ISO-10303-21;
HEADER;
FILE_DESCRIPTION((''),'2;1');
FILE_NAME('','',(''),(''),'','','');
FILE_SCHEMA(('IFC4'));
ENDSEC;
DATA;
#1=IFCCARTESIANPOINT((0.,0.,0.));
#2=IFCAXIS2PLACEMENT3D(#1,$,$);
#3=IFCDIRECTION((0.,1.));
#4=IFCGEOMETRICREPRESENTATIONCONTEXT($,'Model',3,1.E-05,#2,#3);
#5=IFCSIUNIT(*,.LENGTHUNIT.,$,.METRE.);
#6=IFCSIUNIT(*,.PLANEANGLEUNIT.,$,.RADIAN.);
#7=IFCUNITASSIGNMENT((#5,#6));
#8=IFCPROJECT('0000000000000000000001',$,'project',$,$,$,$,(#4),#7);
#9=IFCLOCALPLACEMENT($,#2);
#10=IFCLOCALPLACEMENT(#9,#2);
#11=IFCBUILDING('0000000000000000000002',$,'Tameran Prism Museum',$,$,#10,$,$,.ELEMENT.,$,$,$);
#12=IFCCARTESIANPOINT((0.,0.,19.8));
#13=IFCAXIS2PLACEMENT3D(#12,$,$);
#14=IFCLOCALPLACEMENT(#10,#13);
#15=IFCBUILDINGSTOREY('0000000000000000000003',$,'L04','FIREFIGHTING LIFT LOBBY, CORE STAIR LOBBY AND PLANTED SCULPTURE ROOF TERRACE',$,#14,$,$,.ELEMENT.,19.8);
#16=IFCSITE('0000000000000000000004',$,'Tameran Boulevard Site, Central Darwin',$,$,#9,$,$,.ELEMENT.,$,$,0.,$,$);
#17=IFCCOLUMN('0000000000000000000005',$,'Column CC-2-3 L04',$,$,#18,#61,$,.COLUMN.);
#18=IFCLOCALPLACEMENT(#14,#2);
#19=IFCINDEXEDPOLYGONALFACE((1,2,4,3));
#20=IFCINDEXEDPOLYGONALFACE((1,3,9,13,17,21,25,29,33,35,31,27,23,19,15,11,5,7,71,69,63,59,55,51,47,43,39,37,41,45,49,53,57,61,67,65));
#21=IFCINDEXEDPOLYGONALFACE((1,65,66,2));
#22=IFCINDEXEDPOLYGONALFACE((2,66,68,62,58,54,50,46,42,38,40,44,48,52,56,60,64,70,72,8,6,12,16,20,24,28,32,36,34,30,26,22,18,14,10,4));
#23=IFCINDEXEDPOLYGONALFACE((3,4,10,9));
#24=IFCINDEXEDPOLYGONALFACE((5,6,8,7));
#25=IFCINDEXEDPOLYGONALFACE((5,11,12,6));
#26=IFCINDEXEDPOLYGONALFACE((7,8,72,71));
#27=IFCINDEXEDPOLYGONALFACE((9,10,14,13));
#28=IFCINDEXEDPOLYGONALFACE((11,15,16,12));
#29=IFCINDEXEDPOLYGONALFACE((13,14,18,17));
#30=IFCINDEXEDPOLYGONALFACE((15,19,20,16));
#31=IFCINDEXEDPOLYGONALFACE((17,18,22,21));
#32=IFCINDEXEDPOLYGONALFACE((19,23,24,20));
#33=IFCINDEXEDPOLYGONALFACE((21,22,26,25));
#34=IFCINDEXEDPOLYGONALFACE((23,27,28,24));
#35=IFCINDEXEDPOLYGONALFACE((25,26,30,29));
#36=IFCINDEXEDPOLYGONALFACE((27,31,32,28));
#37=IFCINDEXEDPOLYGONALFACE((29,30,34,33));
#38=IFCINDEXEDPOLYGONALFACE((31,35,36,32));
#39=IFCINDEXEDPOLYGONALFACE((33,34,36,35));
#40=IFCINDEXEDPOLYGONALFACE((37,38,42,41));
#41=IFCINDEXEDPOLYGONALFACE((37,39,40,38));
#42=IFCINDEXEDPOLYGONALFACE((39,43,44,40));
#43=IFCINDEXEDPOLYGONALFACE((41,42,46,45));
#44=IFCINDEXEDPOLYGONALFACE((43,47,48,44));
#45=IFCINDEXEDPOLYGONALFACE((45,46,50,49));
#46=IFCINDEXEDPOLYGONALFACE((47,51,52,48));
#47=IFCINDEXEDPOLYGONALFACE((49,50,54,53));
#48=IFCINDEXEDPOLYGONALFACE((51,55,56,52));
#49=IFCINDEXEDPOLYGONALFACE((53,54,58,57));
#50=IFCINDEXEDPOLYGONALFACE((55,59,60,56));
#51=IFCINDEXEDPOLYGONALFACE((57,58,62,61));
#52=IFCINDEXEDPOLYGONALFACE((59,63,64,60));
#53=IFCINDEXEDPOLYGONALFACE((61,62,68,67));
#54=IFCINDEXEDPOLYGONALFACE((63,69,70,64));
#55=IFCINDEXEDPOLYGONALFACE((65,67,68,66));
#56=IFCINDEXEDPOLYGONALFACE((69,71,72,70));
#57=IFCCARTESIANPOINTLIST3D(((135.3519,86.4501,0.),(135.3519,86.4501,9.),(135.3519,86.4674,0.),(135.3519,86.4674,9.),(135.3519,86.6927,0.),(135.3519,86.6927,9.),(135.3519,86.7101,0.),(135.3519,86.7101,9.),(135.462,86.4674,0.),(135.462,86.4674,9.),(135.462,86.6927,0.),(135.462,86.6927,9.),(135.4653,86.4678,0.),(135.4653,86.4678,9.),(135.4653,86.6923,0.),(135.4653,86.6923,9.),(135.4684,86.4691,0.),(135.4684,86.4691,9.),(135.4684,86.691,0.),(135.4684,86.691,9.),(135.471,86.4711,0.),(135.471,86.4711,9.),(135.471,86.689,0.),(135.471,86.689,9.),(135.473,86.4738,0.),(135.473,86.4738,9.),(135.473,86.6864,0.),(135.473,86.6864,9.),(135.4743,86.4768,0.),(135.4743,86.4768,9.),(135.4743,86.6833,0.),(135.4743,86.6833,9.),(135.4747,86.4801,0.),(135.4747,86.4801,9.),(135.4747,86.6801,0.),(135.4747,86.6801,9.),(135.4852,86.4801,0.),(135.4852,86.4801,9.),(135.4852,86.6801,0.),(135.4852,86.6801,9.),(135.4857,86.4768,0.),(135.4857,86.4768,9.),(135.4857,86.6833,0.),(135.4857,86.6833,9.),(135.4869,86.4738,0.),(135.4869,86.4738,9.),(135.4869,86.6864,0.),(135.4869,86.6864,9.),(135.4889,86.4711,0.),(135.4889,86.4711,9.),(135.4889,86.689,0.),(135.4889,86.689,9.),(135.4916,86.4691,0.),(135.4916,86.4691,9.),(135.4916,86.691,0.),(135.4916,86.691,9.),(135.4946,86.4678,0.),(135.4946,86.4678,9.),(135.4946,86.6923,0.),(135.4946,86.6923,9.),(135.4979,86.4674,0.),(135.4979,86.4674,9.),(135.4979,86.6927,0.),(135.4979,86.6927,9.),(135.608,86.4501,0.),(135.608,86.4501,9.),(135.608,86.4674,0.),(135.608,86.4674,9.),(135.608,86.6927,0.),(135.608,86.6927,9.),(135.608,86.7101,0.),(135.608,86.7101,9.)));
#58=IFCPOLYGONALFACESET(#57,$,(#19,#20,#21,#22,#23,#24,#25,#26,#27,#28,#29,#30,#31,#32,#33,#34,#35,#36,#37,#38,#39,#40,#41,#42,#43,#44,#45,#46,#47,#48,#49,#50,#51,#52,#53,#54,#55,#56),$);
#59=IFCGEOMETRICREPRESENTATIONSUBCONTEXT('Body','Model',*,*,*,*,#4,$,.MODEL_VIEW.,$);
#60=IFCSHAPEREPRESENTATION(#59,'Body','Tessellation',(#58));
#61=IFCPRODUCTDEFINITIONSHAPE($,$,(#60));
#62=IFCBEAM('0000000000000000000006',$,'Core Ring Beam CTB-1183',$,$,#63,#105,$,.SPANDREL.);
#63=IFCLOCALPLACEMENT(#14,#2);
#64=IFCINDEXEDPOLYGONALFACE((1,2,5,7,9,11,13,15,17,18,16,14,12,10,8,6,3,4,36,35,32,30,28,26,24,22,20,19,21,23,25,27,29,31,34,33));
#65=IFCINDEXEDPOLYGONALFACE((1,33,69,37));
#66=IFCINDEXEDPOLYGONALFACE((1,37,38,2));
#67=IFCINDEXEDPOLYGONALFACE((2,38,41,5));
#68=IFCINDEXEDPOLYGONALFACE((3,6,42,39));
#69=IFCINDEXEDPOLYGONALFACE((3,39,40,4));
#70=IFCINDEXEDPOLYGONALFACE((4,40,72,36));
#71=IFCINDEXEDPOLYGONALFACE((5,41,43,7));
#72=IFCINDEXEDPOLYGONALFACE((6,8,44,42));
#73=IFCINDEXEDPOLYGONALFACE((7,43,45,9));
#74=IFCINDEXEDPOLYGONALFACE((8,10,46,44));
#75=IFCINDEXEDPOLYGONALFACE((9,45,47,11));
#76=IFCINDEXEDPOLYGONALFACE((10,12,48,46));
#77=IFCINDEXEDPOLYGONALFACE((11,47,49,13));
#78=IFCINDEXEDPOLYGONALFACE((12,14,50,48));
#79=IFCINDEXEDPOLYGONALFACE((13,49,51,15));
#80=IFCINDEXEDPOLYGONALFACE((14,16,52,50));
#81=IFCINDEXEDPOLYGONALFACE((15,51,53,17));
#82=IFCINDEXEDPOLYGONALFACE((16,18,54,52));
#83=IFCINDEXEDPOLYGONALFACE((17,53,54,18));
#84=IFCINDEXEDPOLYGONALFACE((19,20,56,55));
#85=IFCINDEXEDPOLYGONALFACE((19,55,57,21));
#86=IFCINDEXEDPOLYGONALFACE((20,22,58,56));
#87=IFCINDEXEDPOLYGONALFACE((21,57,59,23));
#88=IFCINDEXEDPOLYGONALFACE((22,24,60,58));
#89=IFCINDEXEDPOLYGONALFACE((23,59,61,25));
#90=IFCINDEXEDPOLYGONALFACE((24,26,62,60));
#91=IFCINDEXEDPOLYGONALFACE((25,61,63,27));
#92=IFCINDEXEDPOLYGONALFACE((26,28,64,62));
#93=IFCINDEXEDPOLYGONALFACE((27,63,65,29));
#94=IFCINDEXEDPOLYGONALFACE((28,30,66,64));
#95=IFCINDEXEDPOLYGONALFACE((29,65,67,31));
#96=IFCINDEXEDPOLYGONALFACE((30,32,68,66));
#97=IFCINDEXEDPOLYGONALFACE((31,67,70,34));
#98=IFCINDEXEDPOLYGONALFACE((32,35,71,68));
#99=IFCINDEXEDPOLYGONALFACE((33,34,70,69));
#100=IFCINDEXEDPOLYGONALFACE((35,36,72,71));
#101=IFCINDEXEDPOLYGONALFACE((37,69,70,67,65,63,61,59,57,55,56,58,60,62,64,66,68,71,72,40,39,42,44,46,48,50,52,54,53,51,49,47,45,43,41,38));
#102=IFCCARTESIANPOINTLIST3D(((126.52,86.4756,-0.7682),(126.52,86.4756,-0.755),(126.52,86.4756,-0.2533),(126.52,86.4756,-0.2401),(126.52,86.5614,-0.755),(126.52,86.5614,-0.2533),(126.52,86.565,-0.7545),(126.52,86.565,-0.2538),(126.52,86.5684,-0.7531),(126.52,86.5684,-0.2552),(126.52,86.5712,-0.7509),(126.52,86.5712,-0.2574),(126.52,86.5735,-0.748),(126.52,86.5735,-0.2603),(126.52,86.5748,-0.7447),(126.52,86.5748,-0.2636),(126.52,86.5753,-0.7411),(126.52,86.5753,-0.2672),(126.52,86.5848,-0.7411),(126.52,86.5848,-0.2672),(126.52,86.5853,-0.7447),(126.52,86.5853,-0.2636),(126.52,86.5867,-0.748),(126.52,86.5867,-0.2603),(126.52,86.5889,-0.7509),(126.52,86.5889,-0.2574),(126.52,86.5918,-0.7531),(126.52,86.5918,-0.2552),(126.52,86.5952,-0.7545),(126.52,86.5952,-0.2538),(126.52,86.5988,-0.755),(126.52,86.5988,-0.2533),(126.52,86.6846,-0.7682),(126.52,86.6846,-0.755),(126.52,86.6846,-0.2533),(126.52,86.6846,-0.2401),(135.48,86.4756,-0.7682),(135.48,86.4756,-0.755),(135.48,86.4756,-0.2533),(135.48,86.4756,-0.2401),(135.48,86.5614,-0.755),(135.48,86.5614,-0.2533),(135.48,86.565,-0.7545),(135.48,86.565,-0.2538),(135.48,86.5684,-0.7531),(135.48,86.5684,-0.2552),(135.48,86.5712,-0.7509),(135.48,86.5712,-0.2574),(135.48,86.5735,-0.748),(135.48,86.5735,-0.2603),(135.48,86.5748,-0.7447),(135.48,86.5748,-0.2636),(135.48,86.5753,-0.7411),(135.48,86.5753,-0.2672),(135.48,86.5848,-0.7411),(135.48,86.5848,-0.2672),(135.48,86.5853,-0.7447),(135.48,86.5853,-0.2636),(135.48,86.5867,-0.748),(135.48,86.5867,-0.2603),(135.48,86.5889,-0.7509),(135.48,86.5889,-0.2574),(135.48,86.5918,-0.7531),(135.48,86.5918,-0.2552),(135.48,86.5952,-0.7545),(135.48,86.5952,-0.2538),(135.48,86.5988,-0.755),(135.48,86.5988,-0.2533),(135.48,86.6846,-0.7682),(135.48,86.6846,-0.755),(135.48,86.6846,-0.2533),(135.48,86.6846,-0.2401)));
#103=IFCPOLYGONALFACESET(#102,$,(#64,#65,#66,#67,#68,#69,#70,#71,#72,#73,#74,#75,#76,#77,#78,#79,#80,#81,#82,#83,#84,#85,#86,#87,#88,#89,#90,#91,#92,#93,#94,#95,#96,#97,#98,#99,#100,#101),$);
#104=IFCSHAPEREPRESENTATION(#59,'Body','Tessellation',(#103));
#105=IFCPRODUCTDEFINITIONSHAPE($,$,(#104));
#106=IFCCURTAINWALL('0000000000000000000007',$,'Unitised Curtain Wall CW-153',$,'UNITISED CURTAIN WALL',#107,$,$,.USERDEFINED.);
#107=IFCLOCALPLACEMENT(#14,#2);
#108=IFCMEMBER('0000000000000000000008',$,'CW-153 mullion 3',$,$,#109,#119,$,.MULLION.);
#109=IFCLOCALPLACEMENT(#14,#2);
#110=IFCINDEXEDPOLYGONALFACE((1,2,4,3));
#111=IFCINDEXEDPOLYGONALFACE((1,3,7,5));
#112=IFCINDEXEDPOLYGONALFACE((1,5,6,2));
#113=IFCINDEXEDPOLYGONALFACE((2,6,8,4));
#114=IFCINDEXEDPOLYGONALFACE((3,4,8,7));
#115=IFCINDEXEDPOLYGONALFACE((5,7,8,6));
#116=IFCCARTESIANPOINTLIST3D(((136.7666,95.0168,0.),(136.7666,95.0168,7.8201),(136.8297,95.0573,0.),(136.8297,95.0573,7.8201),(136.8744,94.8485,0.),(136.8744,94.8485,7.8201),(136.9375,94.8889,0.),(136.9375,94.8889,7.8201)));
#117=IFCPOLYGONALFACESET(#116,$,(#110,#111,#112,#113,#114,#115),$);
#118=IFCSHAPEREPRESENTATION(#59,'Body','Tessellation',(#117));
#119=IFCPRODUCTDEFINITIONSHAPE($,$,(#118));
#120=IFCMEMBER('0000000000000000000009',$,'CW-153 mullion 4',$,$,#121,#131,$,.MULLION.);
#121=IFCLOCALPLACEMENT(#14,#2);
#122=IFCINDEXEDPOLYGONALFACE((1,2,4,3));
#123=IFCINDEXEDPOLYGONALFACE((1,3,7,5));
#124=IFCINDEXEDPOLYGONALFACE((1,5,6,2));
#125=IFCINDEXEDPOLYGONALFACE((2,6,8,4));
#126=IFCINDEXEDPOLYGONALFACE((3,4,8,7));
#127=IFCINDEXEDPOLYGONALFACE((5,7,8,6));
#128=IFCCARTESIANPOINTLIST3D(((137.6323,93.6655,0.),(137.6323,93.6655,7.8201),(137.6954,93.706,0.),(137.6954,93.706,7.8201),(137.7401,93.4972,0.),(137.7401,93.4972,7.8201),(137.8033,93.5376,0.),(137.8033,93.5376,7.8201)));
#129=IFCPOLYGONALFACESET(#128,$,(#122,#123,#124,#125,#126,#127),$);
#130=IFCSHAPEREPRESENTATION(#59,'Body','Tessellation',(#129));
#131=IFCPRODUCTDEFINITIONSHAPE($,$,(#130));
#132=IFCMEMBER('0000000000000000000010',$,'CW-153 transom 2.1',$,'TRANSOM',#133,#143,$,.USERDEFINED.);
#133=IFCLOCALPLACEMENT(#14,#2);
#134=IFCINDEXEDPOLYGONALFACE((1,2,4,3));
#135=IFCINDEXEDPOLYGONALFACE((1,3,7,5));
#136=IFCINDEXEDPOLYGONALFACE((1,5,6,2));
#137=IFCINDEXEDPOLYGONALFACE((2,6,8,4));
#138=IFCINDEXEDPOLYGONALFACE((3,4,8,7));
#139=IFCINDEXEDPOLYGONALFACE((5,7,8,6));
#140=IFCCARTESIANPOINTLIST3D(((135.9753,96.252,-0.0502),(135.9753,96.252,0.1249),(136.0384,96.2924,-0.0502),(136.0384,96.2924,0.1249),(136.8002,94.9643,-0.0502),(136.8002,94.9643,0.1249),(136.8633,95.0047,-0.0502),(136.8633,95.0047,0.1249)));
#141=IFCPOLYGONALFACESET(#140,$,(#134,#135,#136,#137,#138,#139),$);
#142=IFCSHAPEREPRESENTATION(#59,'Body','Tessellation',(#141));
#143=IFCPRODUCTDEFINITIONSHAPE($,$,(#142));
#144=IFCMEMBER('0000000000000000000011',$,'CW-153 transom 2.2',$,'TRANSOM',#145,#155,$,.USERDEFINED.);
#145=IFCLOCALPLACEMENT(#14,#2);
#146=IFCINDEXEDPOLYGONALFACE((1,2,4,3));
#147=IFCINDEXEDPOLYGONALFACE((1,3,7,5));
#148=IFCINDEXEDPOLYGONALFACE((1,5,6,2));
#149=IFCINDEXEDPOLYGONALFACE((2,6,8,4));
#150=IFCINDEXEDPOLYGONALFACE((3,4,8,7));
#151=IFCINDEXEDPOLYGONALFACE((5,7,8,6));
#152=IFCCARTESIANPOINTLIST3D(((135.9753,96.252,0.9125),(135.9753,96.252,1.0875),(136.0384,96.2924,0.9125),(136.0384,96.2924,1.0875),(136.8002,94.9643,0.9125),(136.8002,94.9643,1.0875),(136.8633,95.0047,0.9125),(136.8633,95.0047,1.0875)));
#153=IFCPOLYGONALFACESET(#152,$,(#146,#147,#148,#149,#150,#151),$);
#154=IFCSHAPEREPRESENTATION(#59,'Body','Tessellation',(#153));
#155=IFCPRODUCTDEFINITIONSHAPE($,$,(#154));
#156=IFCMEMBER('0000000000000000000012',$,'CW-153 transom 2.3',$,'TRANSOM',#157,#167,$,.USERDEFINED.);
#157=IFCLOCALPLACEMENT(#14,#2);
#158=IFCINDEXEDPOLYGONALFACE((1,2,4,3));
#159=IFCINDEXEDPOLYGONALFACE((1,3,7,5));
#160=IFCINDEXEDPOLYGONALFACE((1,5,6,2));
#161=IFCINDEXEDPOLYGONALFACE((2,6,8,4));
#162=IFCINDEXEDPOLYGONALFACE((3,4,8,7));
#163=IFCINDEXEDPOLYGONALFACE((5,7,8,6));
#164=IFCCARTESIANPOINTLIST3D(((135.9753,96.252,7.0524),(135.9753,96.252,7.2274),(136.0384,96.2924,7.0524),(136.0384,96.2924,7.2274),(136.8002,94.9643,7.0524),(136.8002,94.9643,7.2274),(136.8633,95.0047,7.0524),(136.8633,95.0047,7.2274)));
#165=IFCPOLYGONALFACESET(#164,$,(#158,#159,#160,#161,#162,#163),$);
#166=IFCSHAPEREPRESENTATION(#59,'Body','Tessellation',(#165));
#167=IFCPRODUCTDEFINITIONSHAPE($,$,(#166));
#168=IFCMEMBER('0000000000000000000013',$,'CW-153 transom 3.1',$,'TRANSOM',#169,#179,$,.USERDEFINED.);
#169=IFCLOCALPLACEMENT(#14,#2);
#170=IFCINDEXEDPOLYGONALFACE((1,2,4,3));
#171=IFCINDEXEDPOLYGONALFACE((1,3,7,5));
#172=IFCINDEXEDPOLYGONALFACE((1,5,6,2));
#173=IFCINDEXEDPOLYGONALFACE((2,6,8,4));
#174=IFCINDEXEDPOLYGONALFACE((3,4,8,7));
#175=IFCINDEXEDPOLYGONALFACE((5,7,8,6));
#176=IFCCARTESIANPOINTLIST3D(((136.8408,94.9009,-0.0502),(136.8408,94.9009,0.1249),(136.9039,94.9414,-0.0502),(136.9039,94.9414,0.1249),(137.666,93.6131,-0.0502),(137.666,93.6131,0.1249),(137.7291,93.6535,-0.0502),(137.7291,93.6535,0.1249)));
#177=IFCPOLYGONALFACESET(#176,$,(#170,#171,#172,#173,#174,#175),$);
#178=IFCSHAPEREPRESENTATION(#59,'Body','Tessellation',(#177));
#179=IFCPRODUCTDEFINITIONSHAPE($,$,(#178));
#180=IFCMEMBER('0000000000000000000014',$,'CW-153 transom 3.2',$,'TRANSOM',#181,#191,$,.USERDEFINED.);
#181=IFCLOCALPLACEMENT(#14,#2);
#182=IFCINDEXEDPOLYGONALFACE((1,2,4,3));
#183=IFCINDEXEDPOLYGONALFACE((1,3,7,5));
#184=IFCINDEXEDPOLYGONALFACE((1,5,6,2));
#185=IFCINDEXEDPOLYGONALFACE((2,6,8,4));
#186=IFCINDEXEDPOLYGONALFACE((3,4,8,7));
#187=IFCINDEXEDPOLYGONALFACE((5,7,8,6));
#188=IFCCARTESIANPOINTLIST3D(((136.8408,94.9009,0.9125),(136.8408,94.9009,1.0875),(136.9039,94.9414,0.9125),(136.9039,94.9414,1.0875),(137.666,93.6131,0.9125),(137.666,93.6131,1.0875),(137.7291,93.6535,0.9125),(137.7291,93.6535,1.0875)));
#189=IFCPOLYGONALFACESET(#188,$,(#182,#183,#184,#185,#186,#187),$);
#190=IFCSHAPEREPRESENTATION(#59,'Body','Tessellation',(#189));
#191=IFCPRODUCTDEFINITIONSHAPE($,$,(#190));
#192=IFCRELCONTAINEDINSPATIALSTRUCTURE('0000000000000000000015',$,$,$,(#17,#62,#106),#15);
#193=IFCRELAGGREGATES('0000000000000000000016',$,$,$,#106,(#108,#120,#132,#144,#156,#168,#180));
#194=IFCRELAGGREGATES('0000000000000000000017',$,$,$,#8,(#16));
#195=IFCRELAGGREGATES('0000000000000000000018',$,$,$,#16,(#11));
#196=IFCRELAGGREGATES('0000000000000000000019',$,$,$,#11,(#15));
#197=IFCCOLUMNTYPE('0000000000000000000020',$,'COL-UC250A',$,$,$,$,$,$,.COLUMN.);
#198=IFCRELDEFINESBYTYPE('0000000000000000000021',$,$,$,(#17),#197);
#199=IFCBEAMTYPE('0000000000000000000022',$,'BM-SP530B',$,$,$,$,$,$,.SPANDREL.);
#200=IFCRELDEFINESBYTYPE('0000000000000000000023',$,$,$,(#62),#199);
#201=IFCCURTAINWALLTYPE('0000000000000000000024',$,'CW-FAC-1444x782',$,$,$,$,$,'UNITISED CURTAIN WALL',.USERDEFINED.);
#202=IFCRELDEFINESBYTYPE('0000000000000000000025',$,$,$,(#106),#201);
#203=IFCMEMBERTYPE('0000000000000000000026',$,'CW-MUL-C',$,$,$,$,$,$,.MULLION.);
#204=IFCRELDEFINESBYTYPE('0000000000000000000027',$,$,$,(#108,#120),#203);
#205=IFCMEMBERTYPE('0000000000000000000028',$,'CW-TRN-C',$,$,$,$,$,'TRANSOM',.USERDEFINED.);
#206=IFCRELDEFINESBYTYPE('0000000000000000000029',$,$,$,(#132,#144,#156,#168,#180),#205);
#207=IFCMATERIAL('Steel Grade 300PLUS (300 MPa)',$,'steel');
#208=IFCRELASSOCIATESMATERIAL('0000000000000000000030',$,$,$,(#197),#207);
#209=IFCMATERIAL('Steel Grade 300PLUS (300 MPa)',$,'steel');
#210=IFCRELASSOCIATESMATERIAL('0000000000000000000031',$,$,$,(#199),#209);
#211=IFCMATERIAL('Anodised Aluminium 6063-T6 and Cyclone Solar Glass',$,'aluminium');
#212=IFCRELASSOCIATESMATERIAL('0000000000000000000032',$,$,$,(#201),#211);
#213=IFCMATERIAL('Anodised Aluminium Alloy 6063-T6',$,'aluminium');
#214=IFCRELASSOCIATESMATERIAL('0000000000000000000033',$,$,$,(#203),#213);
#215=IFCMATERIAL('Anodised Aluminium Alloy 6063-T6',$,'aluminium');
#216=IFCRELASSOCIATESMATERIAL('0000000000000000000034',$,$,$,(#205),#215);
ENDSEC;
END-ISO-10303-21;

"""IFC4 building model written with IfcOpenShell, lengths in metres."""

from ifc_helpers import new_model, si_unit, direction, frame, origin, origin_2d, place, context, subcontext, project, spatial, rectangle, i_section, extrude, material, material_profile, profile_set, type_object, element, aggregate, save


model = new_model("IFC4")

# Units and contexts
model_context = context("Model", 3, precision=1e-05, world=origin(), true_north=direction((0.0, 1.0)))
body_context = subcontext(model_context, "Body", "Model", "MODEL_VIEW")
ifc_project = project(units=[si_unit("LENGTHUNIT", "METRE"), si_unit("PLANEANGLEUNIT", "RADIAN")], contexts=[model_context])

# Site, building, storey
site_placement = place(None, origin())
site = spatial("IfcSite", under=ifc_project, at=site_placement, Name="Tameran Boulevard Site, Central Darwin", CompositionType="ELEMENT", RefElevation=0.0)
building_placement = place(site_placement, origin())
building = spatial("IfcBuilding", under=site, at=building_placement, Name="Tameran Prism Museum", CompositionType="ELEMENT")
storey_placement = place(building_placement, frame((0.0, 0.0, 19.8)))
storey = spatial("IfcBuildingStorey", under=building, at=storey_placement, Name="L04", Description="FIREFIGHTING LIFT LOBBY, CORE STAIR LOBBY AND PLANTED SCULPTURE ROOF TERRACE", CompositionType="ELEMENT", Elevation=19.8)

# Column
ifc_material_1 = material(Name="Steel Grade 300PLUS (300 MPa)", Category="steel")
ifc_material_profile_1 = material_profile(ifc_material_1, i_section(OverallWidth=0.2561, OverallDepth=0.26, WebThickness=0.0105, FlangeThickness=0.0173, FilletRadius=0.0127, at=origin_2d()))
ifc_profile_set_1 = profile_set([ifc_material_profile_1])
column_type = type_object("IfcColumnType", Name="COL-UC250A", PredefinedType="COLUMN", material=ifc_profile_set_1)
column_placement = place(storey_placement, frame((135.48, 86.5801, 0.0), z_axis=(0.0, 0.0, 1.0), x_axis=(1.0, 0.0, 0.0)))
element("IfcColumn", 1, at=column_placement, inside=storey, type_object=column_type, Name="Column CC-2-3 L04", PredefinedType="COLUMN", context=body_context, shape_type="SweptSolid", body=[
    extrude(i_section(OverallWidth=0.2561, OverallDepth=0.26, WebThickness=0.0105, FlangeThickness=0.0173, FilletRadius=0.0127, at=origin_2d()), origin(), (0.0, 0.0, 1.0), 9.0),
])

# Beam
ifc_material_2 = material(Name="Steel Grade 300PLUS (300 MPa)", Category="steel")
ifc_material_profile_2 = material_profile(ifc_material_2, i_section(OverallWidth=0.209, OverallDepth=0.5281, WebThickness=0.0095, FlangeThickness=0.0132, FilletRadius=0.0139, at=origin_2d()))
ifc_profile_set_2 = profile_set([ifc_material_profile_2])
beam_type = type_object("IfcBeamType", Name="BM-SP530B", PredefinedType="SPANDREL", material=ifc_profile_set_2)
beam_placement = place(storey_placement, frame((135.48, 86.5801, -0.5042), z_axis=(-1.0, 0.0, 0.0), x_axis=(0.0, -1.0, 0.0)))
element("IfcBeam", 2, at=beam_placement, inside=storey, type_object=beam_type, Name="Core Ring Beam CTB-1183", PredefinedType="SPANDREL", context=body_context, shape_type="SweptSolid", body=[
    extrude(i_section(OverallWidth=0.209, OverallDepth=0.5281, WebThickness=0.0095, FlangeThickness=0.0132, FilletRadius=0.0139, at=origin_2d()), origin(), (0.0, 0.0, 1.0), 8.96),
])

# Curtain wall, members
ifc_material_3 = material(Name="Anodised Aluminium 6063-T6 and Cyclone Solar Glass", Category="aluminium")
curtain_wall_type = type_object("IfcCurtainWallType", Name="CW-FAC-1444x782", ElementType="UNITISED CURTAIN WALL", PredefinedType="USERDEFINED", material=ifc_material_3)
curtain_wall_placement = place(storey_placement, origin())
curtain_wall = element("IfcCurtainWall", 3, at=curtain_wall_placement, inside=storey, type_object=curtain_wall_type, Name="Unitised Curtain Wall CW-153", ObjectType="UNITISED CURTAIN WALL", PredefinedType="USERDEFINED")
ifc_material_4 = material(Name="Anodised Aluminium Alloy 6063-T6", Category="aluminium")
ifc_material_profile_3 = material_profile(ifc_material_4, rectangle(XDim=0.075, YDim=0.2, at=origin_2d()))
ifc_profile_set_3 = profile_set([ifc_material_profile_3])
member_type_1 = type_object("IfcMemberType", Name="CW-MUL-C", PredefinedType="MULLION", material=ifc_profile_set_3)
member_1_placement = place(storey_placement, frame((136.8521, 94.9529, 0.0), z_axis=(0.0, 0.0, 1.0), x_axis=(0.842032, 0.539427, 0.0)))
member_1 = element("IfcMember", 4, at=member_1_placement, type_object=member_type_1, Name="CW-153 mullion 3", PredefinedType="MULLION", context=body_context, shape_type="SweptSolid", body=[
    extrude(rectangle(XDim=0.075, YDim=0.2, at=origin_2d()), origin(), (0.0, 0.0, 1.0), 7.8201),
])
member_2_placement = place(storey_placement, frame((137.7178, 93.6016, 0.0), z_axis=(0.0, 0.0, 1.0), x_axis=(0.842032, 0.539427, 0.0)))
member_2 = element("IfcMember", 5, at=member_2_placement, type_object=member_type_1, Name="CW-153 mullion 4", PredefinedType="MULLION", context=body_context, shape_type="SweptSolid", body=[
    extrude(rectangle(XDim=0.075, YDim=0.2, at=origin_2d()), origin(), (0.0, 0.0, 1.0), 7.8201),
])
ifc_material_5 = material(Name="Anodised Aluminium Alloy 6063-T6", Category="aluminium")
ifc_material_profile_4 = material_profile(ifc_material_5, rectangle(XDim=0.075, YDim=0.175, at=origin_2d()))
ifc_profile_set_4 = profile_set([ifc_material_profile_4])
member_type_2 = type_object("IfcMemberType", Name="CW-TRN-C", ElementType="TRANSOM", PredefinedType="USERDEFINED", material=ifc_profile_set_4)
member_3_placement = place(storey_placement, frame((136.0068, 96.2722, 0.0374), z_axis=(0.539393, -0.842054, 0.0), x_axis=(0.842054, 0.539393, 0.0)))
member_3 = element("IfcMember", 6, at=member_3_placement, type_object=member_type_2, Name="CW-153 transom 2.1", ObjectType="TRANSOM", PredefinedType="USERDEFINED", context=body_context, shape_type="SweptSolid", body=[
    extrude(rectangle(XDim=0.075, YDim=0.175, at=origin_2d()), origin(), (0.0, 0.0, 1.0), 1.5293),
])
member_4_placement = place(storey_placement, frame((136.0068, 96.2722, 1.0), z_axis=(0.539393, -0.842054, 0.0), x_axis=(0.842054, 0.539393, 0.0)))
member_4 = element("IfcMember", 7, at=member_4_placement, type_object=member_type_2, Name="CW-153 transom 2.2", ObjectType="TRANSOM", PredefinedType="USERDEFINED", context=body_context, shape_type="SweptSolid", body=[
    extrude(rectangle(XDim=0.075, YDim=0.175, at=origin_2d()), origin(), (0.0, 0.0, 1.0), 1.5293),
])
member_5_placement = place(storey_placement, frame((136.0068, 96.2722, 7.1399), z_axis=(0.539393, -0.842054, 0.0), x_axis=(0.842054, 0.539393, 0.0)))
member_5 = element("IfcMember", 8, at=member_5_placement, type_object=member_type_2, Name="CW-153 transom 2.3", ObjectType="TRANSOM", PredefinedType="USERDEFINED", context=body_context, shape_type="SweptSolid", body=[
    extrude(rectangle(XDim=0.075, YDim=0.175, at=origin_2d()), origin(), (0.0, 0.0, 1.0), 1.5293),
])
member_6_placement = place(storey_placement, frame((136.8723, 94.9211, 0.0374), z_axis=(0.539507, -0.841981, 0.0), x_axis=(0.841981, 0.539507, 0.0)))
member_6 = element("IfcMember", 9, at=member_6_placement, type_object=member_type_2, Name="CW-153 transom 3.1", ObjectType="TRANSOM", PredefinedType="USERDEFINED", context=body_context, shape_type="SweptSolid", body=[
    extrude(rectangle(XDim=0.075, YDim=0.175, at=origin_2d()), origin(), (0.0, 0.0, 1.0), 1.5295),
])
member_7_placement = place(storey_placement, frame((136.8723, 94.9211, 1.0), z_axis=(0.539507, -0.841981, 0.0), x_axis=(0.841981, 0.539507, 0.0)))
member_7 = element("IfcMember", 10, at=member_7_placement, type_object=member_type_2, Name="CW-153 transom 3.2", ObjectType="TRANSOM", PredefinedType="USERDEFINED", context=body_context, shape_type="SweptSolid", body=[
    extrude(rectangle(XDim=0.075, YDim=0.175, at=origin_2d()), origin(), (0.0, 0.0, 1.0), 1.5295),
])
aggregate(curtain_wall, [member_1, member_2, member_3, member_4, member_5, member_6, member_7])

save(model, "model.ifc")
